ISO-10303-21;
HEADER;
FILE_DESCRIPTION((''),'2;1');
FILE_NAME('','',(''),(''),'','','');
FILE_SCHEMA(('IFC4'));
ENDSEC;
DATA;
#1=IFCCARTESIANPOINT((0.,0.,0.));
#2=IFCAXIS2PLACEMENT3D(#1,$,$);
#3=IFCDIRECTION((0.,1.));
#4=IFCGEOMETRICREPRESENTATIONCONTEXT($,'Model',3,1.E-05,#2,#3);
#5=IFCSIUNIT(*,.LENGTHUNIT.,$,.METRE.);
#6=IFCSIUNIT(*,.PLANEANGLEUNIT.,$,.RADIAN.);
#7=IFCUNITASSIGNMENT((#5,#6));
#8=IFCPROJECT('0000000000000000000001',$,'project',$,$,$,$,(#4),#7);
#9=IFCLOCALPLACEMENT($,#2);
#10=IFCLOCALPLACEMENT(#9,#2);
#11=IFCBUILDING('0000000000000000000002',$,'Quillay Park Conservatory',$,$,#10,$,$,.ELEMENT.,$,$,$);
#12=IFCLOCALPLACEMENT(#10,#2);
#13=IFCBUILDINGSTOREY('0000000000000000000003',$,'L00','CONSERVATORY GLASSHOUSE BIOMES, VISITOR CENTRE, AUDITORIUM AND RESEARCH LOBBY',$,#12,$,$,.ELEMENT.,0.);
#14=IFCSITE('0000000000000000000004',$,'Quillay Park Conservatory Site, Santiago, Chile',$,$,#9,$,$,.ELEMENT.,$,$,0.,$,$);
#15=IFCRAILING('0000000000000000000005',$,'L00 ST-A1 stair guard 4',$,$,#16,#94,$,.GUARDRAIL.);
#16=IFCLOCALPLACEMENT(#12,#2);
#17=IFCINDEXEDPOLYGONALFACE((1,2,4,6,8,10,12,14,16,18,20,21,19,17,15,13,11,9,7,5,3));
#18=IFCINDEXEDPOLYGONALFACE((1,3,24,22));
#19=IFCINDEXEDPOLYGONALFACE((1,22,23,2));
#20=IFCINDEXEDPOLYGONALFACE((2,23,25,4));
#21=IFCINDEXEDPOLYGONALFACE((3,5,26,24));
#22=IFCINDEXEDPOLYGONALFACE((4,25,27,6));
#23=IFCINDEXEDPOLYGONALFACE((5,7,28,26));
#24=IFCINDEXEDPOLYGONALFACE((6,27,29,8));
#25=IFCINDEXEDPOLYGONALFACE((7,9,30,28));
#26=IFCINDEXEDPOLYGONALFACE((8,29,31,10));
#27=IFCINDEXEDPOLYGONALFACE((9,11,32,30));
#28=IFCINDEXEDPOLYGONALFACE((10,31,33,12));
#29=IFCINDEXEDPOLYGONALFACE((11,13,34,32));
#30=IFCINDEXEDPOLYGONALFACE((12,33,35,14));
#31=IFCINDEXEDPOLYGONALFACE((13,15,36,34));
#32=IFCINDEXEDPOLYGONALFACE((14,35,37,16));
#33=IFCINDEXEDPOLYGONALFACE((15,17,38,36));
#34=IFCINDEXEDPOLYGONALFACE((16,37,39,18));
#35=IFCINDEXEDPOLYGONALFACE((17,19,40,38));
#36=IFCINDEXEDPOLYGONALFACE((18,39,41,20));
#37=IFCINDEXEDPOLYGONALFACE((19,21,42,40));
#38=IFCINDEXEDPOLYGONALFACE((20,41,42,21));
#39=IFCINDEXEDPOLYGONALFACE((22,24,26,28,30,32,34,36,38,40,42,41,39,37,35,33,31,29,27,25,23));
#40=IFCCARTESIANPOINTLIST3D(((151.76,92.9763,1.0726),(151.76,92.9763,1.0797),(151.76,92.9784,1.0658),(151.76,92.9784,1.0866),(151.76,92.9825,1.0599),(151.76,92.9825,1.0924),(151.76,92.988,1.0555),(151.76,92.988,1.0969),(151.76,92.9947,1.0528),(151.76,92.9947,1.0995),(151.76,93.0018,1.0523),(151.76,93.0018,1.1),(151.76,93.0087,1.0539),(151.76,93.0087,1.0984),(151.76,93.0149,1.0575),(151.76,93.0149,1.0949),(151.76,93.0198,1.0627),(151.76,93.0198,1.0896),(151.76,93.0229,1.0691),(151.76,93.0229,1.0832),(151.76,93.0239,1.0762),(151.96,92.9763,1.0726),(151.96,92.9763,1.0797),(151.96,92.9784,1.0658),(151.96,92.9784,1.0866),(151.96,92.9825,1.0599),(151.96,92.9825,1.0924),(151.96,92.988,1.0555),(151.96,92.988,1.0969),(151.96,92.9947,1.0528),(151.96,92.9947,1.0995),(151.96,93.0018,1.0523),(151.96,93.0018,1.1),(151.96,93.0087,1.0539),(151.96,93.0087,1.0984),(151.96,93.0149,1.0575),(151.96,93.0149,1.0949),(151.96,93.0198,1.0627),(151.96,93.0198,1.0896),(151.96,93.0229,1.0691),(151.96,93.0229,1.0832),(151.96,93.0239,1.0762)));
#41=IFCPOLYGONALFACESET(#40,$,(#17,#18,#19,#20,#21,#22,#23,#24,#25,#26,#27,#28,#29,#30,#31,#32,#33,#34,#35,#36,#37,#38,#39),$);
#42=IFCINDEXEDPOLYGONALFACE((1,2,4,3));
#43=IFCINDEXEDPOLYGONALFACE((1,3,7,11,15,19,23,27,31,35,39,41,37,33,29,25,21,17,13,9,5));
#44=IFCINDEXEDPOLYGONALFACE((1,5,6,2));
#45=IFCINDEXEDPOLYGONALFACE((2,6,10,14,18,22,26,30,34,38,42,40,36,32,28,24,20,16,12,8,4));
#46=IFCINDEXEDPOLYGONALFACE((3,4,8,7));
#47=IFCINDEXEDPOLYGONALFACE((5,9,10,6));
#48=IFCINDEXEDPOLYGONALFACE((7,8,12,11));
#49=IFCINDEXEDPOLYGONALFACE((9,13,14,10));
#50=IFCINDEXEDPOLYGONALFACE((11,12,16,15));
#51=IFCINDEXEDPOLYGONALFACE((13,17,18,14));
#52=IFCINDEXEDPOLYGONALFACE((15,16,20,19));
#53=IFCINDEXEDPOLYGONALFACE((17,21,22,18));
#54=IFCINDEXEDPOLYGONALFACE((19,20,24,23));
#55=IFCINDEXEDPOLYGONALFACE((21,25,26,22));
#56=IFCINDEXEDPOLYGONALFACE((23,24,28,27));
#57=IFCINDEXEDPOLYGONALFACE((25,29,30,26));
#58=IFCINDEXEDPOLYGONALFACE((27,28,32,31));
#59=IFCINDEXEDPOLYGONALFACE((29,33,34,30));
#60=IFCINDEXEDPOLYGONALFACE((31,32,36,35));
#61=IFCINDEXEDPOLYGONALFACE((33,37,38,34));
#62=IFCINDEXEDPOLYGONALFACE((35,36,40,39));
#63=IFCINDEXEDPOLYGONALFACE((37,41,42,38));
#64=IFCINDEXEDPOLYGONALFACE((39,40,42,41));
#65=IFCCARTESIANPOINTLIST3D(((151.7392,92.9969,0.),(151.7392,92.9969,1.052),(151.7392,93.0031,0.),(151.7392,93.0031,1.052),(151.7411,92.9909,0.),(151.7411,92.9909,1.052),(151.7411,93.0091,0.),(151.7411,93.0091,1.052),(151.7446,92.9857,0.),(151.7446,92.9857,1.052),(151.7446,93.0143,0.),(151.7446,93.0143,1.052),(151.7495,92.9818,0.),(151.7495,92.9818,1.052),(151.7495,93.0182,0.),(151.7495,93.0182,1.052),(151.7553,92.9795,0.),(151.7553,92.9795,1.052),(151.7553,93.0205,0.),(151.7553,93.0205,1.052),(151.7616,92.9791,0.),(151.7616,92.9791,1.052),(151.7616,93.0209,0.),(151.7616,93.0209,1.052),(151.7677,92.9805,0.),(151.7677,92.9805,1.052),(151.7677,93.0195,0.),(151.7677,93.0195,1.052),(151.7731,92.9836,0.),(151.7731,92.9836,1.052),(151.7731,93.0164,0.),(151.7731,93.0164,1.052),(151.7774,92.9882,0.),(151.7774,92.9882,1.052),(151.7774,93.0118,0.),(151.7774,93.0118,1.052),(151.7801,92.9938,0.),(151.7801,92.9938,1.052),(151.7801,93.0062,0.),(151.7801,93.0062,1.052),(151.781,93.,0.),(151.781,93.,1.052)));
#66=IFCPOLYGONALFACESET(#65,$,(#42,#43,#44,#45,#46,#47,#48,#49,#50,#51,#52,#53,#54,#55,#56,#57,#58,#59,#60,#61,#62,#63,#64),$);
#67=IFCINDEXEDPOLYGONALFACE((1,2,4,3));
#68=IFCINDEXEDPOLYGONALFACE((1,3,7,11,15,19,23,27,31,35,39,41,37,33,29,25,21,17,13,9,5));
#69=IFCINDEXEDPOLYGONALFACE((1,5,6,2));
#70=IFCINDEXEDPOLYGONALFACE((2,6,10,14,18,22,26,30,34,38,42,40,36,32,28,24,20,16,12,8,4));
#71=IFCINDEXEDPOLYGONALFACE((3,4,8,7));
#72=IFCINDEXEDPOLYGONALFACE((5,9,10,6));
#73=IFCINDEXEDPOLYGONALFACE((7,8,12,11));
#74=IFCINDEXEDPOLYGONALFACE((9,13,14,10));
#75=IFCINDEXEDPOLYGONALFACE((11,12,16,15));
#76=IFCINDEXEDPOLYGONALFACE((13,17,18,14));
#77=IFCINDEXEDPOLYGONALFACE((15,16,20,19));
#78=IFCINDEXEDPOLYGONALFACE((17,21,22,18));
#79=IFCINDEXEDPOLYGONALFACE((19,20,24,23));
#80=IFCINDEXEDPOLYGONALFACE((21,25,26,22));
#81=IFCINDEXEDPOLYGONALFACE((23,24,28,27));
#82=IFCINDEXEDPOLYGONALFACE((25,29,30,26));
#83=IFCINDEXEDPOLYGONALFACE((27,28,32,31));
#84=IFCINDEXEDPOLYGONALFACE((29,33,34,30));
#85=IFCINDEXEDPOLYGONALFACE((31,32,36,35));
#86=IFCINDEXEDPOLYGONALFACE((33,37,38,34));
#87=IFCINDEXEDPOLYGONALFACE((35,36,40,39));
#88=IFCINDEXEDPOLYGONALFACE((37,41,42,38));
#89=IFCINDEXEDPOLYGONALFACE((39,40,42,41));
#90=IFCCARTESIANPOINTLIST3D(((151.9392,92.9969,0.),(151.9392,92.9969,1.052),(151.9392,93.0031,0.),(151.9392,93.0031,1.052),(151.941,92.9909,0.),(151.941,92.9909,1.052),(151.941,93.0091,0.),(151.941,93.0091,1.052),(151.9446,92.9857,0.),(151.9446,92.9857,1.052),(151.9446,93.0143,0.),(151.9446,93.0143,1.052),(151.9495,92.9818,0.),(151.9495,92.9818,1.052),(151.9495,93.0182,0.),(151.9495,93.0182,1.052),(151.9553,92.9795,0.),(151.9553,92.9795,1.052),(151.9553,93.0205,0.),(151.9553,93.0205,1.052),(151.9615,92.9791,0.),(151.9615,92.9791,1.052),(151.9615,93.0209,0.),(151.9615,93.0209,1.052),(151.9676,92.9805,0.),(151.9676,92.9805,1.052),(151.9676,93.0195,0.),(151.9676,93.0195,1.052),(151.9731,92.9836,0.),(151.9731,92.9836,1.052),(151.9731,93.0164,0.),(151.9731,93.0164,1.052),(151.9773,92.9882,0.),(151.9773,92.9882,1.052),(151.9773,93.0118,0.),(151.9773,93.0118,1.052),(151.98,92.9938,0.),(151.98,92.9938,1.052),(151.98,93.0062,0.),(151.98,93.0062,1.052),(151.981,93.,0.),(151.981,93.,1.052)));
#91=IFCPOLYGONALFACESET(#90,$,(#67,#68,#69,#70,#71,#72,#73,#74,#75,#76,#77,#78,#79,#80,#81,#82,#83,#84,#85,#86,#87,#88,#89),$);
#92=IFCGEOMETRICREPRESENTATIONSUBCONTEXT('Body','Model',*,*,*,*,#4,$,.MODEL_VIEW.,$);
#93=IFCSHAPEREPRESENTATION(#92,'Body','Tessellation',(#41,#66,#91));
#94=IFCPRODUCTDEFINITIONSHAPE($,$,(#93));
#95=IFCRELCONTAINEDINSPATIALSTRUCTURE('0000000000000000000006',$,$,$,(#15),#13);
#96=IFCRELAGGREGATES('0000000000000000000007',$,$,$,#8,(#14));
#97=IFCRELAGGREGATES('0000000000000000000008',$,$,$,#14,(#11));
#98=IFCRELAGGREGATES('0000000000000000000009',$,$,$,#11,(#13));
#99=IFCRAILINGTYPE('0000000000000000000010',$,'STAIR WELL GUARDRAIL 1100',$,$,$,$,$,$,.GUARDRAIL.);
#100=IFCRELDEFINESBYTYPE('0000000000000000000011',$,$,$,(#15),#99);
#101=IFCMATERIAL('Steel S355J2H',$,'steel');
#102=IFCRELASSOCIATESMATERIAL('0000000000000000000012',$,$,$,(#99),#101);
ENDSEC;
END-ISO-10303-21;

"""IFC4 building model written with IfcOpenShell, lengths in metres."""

from ifc_helpers import new_model, si_unit, direction, frame, origin, origin_2d, place, context, subcontext, project, spatial, circle, extrude, material, type_object, element, save


model = new_model("IFC4")

# Units and contexts
model_context = context("Model", 3, precision=1e-05, world=origin(), true_north=direction((0.0, 1.0)))
body_context = subcontext(model_context, "Body", "Model", "MODEL_VIEW")
ifc_project = project(units=[si_unit("LENGTHUNIT", "METRE"), si_unit("PLANEANGLEUNIT", "RADIAN")], contexts=[model_context])

# Site, building, storey
site_placement = place(None, origin())
site = spatial("IfcSite", under=ifc_project, at=site_placement, Name="Quillay Park Conservatory Site, Santiago, Chile", CompositionType="ELEMENT", RefElevation=0.0)
building_placement = place(site_placement, origin())
building = spatial("IfcBuilding", under=site, at=building_placement, Name="Quillay Park Conservatory", CompositionType="ELEMENT")
storey_placement = place(building_placement, origin())
storey = spatial("IfcBuildingStorey", under=building, at=storey_placement, Name="L00", Description="CONSERVATORY GLASSHOUSE BIOMES, VISITOR CENTRE, AUDITORIUM AND RESEARCH LOBBY", CompositionType="ELEMENT", Elevation=0.0)

# Railing
ifc_material_1 = material(Name="Steel S355J2H", Category="steel")
railing_type_1 = type_object("IfcRailingType", Name="STAIR WELL GUARDRAIL 1100", PredefinedType="GUARDRAIL", material=ifc_material_1)
railing_1_placement = place(storey_placement, frame((151.76, 93.0, 0.0)))
element("IfcRailing", 1, at=railing_1_placement, inside=storey, type_object=railing_type_1, Name="L00 ST-A1 stair guard 4", PredefinedType="GUARDRAIL", context=body_context, shape_type="SweptSolid", body=[
    extrude(circle(Radius=0.0239, at=origin_2d()), frame((0.0, 0.0, 1.0762), z_axis=(1.0, 0.0, 0.0), x_axis=(0.0, 1.0, 0.0)), (0.0, 0.0, 1.0), 0.2),
    extrude(circle(Radius=0.021, at=origin_2d()), origin(), (0.0, 0.0, 1.0), 1.052),
    extrude(circle(Radius=0.021, at=origin_2d()), frame((0.2, 0.0, 0.0)), (0.0, 0.0, 1.0), 1.052),
])

save(model, "model.ifc")
